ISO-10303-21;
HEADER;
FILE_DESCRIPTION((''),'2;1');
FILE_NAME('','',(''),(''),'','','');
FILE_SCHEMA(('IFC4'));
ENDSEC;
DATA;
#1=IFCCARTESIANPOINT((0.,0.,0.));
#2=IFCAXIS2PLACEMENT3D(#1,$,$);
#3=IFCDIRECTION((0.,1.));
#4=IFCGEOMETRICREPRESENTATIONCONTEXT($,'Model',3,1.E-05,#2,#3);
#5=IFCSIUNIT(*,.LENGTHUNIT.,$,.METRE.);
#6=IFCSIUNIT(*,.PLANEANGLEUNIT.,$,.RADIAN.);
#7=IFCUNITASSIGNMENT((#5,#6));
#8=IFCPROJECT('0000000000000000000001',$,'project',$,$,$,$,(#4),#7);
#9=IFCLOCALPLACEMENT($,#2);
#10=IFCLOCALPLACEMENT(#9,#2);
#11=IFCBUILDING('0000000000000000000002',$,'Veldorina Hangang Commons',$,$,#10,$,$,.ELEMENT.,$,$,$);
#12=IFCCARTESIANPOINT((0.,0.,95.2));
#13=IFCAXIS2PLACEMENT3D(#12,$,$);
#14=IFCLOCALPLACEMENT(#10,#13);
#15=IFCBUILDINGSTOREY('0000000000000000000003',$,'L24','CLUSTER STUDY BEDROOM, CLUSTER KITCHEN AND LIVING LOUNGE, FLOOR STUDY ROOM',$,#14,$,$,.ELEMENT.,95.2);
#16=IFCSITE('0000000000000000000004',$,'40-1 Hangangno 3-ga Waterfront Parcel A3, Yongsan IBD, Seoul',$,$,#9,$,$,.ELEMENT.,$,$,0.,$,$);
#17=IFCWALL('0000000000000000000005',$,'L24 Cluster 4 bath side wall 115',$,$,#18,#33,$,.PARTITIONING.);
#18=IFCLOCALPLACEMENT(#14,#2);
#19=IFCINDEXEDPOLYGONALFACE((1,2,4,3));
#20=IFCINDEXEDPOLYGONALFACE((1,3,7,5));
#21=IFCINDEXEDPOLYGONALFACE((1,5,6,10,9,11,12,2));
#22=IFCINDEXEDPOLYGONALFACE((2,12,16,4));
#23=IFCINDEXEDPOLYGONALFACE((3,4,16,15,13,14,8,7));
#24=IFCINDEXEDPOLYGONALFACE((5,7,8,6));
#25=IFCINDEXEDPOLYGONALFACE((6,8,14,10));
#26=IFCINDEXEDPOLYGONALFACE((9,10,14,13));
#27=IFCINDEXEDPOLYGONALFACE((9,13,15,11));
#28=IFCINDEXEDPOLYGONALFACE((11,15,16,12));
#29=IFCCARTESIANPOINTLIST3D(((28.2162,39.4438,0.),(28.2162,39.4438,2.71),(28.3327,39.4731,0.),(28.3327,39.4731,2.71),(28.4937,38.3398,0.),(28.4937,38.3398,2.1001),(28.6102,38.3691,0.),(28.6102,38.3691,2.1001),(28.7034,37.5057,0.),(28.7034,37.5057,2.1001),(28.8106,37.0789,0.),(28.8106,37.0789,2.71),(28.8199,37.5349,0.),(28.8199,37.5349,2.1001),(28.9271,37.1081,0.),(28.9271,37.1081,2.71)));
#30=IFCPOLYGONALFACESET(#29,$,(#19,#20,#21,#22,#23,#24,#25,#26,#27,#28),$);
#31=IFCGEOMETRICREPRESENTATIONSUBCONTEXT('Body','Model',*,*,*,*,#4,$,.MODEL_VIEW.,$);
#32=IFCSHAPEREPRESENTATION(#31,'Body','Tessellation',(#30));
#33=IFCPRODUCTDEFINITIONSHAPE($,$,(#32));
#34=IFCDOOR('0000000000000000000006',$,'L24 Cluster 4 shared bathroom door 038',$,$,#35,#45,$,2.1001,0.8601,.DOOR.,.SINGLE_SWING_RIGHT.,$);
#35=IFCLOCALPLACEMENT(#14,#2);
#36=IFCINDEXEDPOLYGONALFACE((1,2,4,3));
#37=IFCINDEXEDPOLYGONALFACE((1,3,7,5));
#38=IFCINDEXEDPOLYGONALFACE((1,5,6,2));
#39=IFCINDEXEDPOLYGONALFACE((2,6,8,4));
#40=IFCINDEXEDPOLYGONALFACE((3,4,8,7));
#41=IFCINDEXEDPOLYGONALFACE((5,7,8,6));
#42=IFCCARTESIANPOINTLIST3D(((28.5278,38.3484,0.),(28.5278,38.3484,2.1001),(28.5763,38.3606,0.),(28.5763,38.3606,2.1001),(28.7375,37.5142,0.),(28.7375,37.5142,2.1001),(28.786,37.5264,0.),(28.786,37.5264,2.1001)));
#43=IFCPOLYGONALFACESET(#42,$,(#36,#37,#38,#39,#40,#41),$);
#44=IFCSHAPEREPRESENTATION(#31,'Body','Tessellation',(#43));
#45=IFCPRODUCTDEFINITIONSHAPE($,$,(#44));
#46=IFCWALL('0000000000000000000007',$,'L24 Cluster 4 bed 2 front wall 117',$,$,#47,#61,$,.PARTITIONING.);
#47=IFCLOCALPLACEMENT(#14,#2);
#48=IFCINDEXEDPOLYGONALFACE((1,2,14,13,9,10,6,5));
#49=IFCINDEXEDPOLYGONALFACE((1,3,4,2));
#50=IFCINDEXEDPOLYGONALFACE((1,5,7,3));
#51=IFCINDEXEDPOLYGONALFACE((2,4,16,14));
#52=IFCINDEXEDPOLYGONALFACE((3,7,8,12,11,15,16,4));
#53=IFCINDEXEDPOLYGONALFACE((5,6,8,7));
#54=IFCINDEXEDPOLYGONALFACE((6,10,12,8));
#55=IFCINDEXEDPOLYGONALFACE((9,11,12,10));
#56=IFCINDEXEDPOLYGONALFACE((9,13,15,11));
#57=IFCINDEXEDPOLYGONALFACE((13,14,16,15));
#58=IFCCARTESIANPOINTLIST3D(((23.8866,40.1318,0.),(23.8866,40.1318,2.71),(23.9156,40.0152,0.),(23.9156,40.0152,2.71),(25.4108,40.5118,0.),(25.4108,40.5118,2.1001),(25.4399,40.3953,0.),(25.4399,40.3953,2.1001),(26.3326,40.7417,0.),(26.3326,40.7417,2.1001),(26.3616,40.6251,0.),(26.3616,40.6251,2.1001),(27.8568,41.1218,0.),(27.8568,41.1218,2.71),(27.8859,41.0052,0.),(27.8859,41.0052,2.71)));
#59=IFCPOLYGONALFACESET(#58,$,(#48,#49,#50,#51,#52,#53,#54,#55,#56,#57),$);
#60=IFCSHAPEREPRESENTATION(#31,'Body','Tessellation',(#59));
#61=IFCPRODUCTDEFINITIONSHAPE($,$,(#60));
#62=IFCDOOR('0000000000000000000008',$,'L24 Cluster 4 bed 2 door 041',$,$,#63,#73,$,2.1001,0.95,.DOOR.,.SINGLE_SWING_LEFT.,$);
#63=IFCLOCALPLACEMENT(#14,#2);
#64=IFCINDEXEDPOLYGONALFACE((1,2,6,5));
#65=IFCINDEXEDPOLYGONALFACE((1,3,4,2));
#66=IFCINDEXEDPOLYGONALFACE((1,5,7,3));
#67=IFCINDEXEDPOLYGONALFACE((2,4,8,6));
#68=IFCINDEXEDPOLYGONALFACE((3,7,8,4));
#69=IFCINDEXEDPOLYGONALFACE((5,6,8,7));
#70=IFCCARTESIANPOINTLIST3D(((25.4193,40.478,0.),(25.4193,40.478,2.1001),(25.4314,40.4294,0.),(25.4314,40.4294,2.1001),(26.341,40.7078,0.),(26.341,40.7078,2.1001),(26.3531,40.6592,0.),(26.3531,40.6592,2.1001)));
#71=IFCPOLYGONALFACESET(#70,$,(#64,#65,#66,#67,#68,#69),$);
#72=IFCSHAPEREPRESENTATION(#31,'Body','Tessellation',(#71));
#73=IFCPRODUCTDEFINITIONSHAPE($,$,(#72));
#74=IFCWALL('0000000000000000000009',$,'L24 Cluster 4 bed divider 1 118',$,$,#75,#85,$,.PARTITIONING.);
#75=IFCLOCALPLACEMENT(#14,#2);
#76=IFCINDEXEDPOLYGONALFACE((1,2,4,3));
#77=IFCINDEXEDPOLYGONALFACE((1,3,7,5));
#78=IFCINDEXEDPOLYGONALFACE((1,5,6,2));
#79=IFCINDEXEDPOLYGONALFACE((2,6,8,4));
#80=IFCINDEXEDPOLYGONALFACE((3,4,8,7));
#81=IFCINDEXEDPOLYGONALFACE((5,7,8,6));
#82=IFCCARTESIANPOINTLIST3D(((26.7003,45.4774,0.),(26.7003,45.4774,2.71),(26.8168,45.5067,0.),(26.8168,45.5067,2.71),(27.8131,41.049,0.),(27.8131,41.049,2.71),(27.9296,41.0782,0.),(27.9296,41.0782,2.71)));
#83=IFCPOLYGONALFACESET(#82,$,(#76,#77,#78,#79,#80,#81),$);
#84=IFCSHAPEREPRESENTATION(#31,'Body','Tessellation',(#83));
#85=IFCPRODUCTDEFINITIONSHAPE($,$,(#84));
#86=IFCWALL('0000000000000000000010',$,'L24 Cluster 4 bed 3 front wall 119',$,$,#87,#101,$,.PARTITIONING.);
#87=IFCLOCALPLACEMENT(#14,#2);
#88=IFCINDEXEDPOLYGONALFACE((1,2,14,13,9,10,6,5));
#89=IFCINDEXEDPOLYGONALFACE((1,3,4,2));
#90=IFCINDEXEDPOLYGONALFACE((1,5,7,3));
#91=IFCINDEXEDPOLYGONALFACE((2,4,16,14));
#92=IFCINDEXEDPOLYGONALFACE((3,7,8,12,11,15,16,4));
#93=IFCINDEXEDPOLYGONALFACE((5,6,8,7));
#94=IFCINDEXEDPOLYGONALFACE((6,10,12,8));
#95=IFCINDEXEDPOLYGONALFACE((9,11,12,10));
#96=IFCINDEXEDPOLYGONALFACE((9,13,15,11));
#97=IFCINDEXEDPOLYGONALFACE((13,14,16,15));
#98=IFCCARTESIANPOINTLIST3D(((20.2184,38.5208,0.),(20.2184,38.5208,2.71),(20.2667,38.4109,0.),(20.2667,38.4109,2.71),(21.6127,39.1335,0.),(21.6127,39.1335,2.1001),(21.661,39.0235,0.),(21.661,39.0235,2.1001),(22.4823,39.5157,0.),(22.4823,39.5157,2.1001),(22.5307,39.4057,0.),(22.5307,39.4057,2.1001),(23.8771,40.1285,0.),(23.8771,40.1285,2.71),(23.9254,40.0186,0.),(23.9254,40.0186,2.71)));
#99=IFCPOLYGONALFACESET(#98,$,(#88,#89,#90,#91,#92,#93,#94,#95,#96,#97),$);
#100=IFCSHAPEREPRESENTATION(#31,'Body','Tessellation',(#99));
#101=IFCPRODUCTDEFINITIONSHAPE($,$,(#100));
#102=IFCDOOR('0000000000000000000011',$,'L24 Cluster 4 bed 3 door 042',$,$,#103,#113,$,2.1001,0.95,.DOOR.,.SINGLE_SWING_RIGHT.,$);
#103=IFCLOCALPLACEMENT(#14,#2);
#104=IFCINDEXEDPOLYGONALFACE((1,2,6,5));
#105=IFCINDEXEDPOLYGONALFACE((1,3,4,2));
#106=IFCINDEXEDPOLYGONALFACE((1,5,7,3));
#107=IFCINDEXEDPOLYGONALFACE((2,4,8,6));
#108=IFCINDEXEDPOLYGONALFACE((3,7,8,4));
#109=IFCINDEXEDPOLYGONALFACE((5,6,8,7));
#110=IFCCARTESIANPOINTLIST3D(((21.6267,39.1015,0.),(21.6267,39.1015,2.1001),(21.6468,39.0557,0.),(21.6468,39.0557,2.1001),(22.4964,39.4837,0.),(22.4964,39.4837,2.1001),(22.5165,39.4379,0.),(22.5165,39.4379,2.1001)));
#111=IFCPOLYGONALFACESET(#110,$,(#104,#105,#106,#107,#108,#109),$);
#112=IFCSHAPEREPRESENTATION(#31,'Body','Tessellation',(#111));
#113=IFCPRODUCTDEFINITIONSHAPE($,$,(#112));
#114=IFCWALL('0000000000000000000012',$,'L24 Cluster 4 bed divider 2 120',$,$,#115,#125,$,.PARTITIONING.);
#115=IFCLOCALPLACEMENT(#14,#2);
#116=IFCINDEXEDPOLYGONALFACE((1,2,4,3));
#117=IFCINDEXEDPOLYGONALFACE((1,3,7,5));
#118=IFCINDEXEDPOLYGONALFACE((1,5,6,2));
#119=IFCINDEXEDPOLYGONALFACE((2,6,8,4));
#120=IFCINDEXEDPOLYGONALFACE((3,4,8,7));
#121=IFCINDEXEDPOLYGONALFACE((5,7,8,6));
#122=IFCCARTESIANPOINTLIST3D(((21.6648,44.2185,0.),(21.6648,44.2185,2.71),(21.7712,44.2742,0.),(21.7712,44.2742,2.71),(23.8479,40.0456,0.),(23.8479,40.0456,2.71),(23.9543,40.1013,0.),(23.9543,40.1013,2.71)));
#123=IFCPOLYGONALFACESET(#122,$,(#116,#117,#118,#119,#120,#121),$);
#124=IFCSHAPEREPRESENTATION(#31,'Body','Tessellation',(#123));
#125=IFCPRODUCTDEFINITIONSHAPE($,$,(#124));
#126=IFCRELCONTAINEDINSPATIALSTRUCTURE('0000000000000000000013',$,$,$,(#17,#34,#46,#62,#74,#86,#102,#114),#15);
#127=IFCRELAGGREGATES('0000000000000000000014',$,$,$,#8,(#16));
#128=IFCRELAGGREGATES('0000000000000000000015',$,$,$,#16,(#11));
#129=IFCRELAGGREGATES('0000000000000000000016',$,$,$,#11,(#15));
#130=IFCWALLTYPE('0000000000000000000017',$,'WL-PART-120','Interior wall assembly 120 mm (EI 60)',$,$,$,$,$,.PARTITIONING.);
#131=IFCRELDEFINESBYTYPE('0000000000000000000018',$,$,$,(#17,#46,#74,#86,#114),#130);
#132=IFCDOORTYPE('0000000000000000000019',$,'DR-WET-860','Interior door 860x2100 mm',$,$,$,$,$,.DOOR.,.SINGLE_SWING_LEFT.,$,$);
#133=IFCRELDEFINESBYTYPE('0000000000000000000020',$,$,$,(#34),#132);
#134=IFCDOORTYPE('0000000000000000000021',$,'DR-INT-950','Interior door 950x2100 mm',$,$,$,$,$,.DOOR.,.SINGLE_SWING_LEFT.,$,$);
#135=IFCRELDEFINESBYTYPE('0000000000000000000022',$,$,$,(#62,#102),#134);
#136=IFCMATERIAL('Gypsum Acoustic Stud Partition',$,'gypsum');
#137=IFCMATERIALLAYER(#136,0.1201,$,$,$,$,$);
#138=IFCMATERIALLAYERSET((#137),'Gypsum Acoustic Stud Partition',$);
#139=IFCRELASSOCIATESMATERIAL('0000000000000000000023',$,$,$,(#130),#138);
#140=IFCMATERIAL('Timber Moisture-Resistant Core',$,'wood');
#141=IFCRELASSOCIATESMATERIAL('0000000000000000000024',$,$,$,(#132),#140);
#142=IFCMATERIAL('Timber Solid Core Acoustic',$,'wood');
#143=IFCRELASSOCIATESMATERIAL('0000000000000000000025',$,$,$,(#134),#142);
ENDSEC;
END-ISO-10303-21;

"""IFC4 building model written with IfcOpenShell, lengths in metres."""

from ifc_helpers import new_model, si_unit, direction, frame, frame_2d, origin, place, context, subcontext, project, spatial, rectangle, extrude, material, layer, layer_set, type_object, element, fill, save


model = new_model("IFC4")

# Units and contexts
model_context = context("Model", 3, precision=1e-05, world=origin(), true_north=direction((0.0, 1.0)))
body_context = subcontext(model_context, "Body", "Model", "MODEL_VIEW")
ifc_project = project(units=[si_unit("LENGTHUNIT", "METRE"), si_unit("PLANEANGLEUNIT", "RADIAN")], contexts=[model_context])

# Site, building, storey
site_placement = place(None, origin())
site = spatial("IfcSite", under=ifc_project, at=site_placement, Name="40-1 Hangangno 3-ga Waterfront Parcel A3, Yongsan IBD, Seoul", CompositionType="ELEMENT", RefElevation=0.0)
building_placement = place(site_placement, origin())
building = spatial("IfcBuilding", under=site, at=building_placement, Name="Veldorina Hangang Commons", CompositionType="ELEMENT")
storey_placement = place(building_placement, frame((0.0, 0.0, 95.2)))
storey = spatial("IfcBuildingStorey", under=building, at=storey_placement, Name="L24", Description="CLUSTER STUDY BEDROOM, CLUSTER KITCHEN AND LIVING LOUNGE, FLOOR STUDY ROOM", CompositionType="ELEMENT", Elevation=95.2)

# Walls, openings, doors
ifc_material_1 = material(Name="Gypsum Acoustic Stud Partition", Category="gypsum")
ifc_layer_1 = layer(ifc_material_1, 0.1201)
ifc_layer_set_1 = layer_set([ifc_layer_1], Name="Gypsum Acoustic Stud Partition")
wall_type_1 = type_object("IfcWallType", Name="WL-PART-120", Description="Interior wall assembly 120 mm (EI 60)", PredefinedType="PARTITIONING", material=ifc_layer_set_1)
wall_1_placement = place(storey_placement, frame((28.8689, 37.0935, 0.0), z_axis=(0.0, 0.0, 1.0), x_axis=(-0.243784, 0.96983, 0.0)))
wall_1 = element("IfcWall", 1, at=wall_1_placement, inside=storey, type_object=wall_type_1, Name="L24 Cluster 4 bath side wall 115", PredefinedType="PARTITIONING", context=body_context, shape_type="SweptSolid", body=[
    extrude(rectangle(XDim=2.4385, YDim=0.1201, at=frame_2d((1.2192, 0.0))), origin(), (0.0, 0.0, 1.0), 2.71),
])
opening_1_placement = place(wall_1_placement, frame((0.4399, 0.0, 0.0)))
opening_1 = element("IfcOpeningElement", 2, at=opening_1_placement, cuts=wall_1, PredefinedType="OPENING", context=body_context, shape_type="SweptSolid", body=[
    extrude(rectangle(XDim=0.8601, YDim=2.1001, at=frame_2d((0.4302, 1.05))), frame((0.0, 0.0701, 0.0), z_axis=(0.0, -1.0, 0.0), x_axis=(1.0, 0.0, 0.0)), (0.0, 0.0, 1.0), 0.1401),
])
ifc_material_2 = material(Name="Timber Moisture-Resistant Core", Category="wood")
door_type_1 = type_object("IfcDoorType", Name="DR-WET-860", Description="Interior door 860x2100 mm", OperationType="SINGLE_SWING_LEFT", PredefinedType="DOOR", material=ifc_material_2)
door_1_placement = place(opening_1_placement, origin())
door_1 = element("IfcDoor", 3, at=door_1_placement, inside=storey, type_object=door_type_1, Name="L24 Cluster 4 shared bathroom door 038", OperationType="SINGLE_SWING_RIGHT", OverallHeight=2.1001, OverallWidth=0.8601, PredefinedType="DOOR", context=body_context, shape_type="SweptSolid", body=[
    extrude(rectangle(XDim=0.8601, YDim=2.1001, at=frame_2d((0.4302, 1.05))), frame((0.0, 0.0249, 0.0), z_axis=(0.0, -1.0, 0.0), x_axis=(1.0, 0.0, 0.0)), (0.0, 0.0, 1.0), 0.05),
])
fill(opening_1, door_1)
wall_2_placement = place(storey_placement, frame((27.8713, 41.0635, 0.0), z_axis=(0.0, 0.0, 1.0), x_axis=(-0.97029, -0.241946, 0.0)))
wall_2 = element("IfcWall", 4, at=wall_2_placement, inside=storey, type_object=wall_type_1, Name="L24 Cluster 4 bed 2 front wall 117", PredefinedType="PARTITIONING", context=body_context, shape_type="SweptSolid", body=[
    extrude(rectangle(XDim=4.0918, YDim=0.1201, at=frame_2d((2.0459, 0.0))), origin(), (0.0, 0.0, 1.0), 2.71),
])
opening_2_placement = place(wall_2_placement, frame((1.5708, 0.0, 0.0)))
opening_2 = element("IfcOpeningElement", 5, at=opening_2_placement, cuts=wall_2, PredefinedType="OPENING", context=body_context, shape_type="SweptSolid", body=[
    extrude(rectangle(XDim=0.95, YDim=2.1001, at=frame_2d((0.4751, 1.05))), frame((0.0, 0.0701, 0.0), z_axis=(0.0, -1.0, 0.0), x_axis=(1.0, 0.0, 0.0)), (0.0, 0.0, 1.0), 0.1401),
])
ifc_material_3 = material(Name="Timber Solid Core Acoustic", Category="wood")
door_type_2 = type_object("IfcDoorType", Name="DR-INT-950", Description="Interior door 950x2100 mm", OperationType="SINGLE_SWING_LEFT", PredefinedType="DOOR", material=ifc_material_3)
door_2_placement = place(opening_2_placement, origin())
door_2 = element("IfcDoor", 6, at=door_2_placement, inside=storey, type_object=door_type_2, Name="L24 Cluster 4 bed 2 door 041", OperationType="SINGLE_SWING_LEFT", OverallHeight=2.1001, OverallWidth=0.95, PredefinedType="DOOR", context=body_context, shape_type="SweptSolid", body=[
    extrude(rectangle(XDim=0.95, YDim=2.1001, at=frame_2d((0.4751, 1.05))), frame((0.0, 0.0249, 0.0), z_axis=(0.0, -1.0, 0.0), x_axis=(1.0, 0.0, 0.0)), (0.0, 0.0, 1.0), 0.05),
])
fill(opening_2, door_2)

# Wall
wall_3_placement = place(storey_placement, frame((27.8713, 41.0635, 0.0), z_axis=(0.0, 0.0, 1.0), x_axis=(-0.243705, 0.969849, 0.0)))
element("IfcWall", 7, at=wall_3_placement, inside=storey, type_object=wall_type_1, Name="L24 Cluster 4 bed divider 1 118", PredefinedType="PARTITIONING", context=body_context, shape_type="SweptSolid", body=[
    extrude(rectangle(XDim=4.5662, YDim=0.1201, at=frame_2d((2.2832, 0.0))), origin(), (0.0, 0.0, 1.0), 2.71),
])

# Wall, opening, door
wall_4_placement = place(storey_placement, frame((23.9011, 40.0735, 0.0), z_axis=(0.0, 0.0, 1.0), x_axis=(-0.915514, -0.402286, 0.0)))
wall_4 = element("IfcWall", 8, at=wall_4_placement, inside=storey, type_object=wall_type_1, Name="L24 Cluster 4 bed 3 front wall 119", PredefinedType="PARTITIONING", context=body_context, shape_type="SweptSolid", body=[
    extrude(rectangle(XDim=3.9963, YDim=0.1201, at=frame_2d((1.998, 0.0))), origin(), (0.0, 0.0, 1.0), 2.71),
])
opening_3_placement = place(wall_4_placement, frame((1.5232, 0.0, 0.0)))
opening_3 = element("IfcOpeningElement", 9, at=opening_3_placement, cuts=wall_4, PredefinedType="OPENING", context=body_context, shape_type="SweptSolid", body=[
    extrude(rectangle(XDim=0.95, YDim=2.1001, at=frame_2d((0.4751, 1.05))), frame((0.0, 0.0701, 0.0), z_axis=(0.0, -1.0, 0.0), x_axis=(1.0, 0.0, 0.0)), (0.0, 0.0, 1.0), 0.1401),
])
door_3_placement = place(opening_3_placement, origin())
door_3 = element("IfcDoor", 10, at=door_3_placement, inside=storey, type_object=door_type_2, Name="L24 Cluster 4 bed 3 door 042", OperationType="SINGLE_SWING_RIGHT", OverallHeight=2.1001, OverallWidth=0.95, PredefinedType="DOOR", context=body_context, shape_type="SweptSolid", body=[
    extrude(rectangle(XDim=0.95, YDim=2.1001, at=frame_2d((0.4751, 1.05))), frame((0.0, 0.0249, 0.0), z_axis=(0.0, -1.0, 0.0), x_axis=(1.0, 0.0, 0.0)), (0.0, 0.0, 1.0), 0.05),
])
fill(opening_3, door_3)

# Wall
wall_5_placement = place(storey_placement, frame((23.9011, 40.0735, 0.0), z_axis=(0.0, 0.0, 1.0), x_axis=(-0.463561, 0.886065, 0.0)))
element("IfcWall", 11, at=wall_5_placement, inside=storey, type_object=wall_type_1, Name="L24 Cluster 4 bed divider 2 120", PredefinedType="PARTITIONING", context=body_context, shape_type="SweptSolid", body=[
    extrude(rectangle(XDim=4.7095, YDim=0.1201, at=frame_2d((2.3547, 0.0))), origin(), (0.0, 0.0, 1.0), 2.71),
])

save(model, "model.ifc")
